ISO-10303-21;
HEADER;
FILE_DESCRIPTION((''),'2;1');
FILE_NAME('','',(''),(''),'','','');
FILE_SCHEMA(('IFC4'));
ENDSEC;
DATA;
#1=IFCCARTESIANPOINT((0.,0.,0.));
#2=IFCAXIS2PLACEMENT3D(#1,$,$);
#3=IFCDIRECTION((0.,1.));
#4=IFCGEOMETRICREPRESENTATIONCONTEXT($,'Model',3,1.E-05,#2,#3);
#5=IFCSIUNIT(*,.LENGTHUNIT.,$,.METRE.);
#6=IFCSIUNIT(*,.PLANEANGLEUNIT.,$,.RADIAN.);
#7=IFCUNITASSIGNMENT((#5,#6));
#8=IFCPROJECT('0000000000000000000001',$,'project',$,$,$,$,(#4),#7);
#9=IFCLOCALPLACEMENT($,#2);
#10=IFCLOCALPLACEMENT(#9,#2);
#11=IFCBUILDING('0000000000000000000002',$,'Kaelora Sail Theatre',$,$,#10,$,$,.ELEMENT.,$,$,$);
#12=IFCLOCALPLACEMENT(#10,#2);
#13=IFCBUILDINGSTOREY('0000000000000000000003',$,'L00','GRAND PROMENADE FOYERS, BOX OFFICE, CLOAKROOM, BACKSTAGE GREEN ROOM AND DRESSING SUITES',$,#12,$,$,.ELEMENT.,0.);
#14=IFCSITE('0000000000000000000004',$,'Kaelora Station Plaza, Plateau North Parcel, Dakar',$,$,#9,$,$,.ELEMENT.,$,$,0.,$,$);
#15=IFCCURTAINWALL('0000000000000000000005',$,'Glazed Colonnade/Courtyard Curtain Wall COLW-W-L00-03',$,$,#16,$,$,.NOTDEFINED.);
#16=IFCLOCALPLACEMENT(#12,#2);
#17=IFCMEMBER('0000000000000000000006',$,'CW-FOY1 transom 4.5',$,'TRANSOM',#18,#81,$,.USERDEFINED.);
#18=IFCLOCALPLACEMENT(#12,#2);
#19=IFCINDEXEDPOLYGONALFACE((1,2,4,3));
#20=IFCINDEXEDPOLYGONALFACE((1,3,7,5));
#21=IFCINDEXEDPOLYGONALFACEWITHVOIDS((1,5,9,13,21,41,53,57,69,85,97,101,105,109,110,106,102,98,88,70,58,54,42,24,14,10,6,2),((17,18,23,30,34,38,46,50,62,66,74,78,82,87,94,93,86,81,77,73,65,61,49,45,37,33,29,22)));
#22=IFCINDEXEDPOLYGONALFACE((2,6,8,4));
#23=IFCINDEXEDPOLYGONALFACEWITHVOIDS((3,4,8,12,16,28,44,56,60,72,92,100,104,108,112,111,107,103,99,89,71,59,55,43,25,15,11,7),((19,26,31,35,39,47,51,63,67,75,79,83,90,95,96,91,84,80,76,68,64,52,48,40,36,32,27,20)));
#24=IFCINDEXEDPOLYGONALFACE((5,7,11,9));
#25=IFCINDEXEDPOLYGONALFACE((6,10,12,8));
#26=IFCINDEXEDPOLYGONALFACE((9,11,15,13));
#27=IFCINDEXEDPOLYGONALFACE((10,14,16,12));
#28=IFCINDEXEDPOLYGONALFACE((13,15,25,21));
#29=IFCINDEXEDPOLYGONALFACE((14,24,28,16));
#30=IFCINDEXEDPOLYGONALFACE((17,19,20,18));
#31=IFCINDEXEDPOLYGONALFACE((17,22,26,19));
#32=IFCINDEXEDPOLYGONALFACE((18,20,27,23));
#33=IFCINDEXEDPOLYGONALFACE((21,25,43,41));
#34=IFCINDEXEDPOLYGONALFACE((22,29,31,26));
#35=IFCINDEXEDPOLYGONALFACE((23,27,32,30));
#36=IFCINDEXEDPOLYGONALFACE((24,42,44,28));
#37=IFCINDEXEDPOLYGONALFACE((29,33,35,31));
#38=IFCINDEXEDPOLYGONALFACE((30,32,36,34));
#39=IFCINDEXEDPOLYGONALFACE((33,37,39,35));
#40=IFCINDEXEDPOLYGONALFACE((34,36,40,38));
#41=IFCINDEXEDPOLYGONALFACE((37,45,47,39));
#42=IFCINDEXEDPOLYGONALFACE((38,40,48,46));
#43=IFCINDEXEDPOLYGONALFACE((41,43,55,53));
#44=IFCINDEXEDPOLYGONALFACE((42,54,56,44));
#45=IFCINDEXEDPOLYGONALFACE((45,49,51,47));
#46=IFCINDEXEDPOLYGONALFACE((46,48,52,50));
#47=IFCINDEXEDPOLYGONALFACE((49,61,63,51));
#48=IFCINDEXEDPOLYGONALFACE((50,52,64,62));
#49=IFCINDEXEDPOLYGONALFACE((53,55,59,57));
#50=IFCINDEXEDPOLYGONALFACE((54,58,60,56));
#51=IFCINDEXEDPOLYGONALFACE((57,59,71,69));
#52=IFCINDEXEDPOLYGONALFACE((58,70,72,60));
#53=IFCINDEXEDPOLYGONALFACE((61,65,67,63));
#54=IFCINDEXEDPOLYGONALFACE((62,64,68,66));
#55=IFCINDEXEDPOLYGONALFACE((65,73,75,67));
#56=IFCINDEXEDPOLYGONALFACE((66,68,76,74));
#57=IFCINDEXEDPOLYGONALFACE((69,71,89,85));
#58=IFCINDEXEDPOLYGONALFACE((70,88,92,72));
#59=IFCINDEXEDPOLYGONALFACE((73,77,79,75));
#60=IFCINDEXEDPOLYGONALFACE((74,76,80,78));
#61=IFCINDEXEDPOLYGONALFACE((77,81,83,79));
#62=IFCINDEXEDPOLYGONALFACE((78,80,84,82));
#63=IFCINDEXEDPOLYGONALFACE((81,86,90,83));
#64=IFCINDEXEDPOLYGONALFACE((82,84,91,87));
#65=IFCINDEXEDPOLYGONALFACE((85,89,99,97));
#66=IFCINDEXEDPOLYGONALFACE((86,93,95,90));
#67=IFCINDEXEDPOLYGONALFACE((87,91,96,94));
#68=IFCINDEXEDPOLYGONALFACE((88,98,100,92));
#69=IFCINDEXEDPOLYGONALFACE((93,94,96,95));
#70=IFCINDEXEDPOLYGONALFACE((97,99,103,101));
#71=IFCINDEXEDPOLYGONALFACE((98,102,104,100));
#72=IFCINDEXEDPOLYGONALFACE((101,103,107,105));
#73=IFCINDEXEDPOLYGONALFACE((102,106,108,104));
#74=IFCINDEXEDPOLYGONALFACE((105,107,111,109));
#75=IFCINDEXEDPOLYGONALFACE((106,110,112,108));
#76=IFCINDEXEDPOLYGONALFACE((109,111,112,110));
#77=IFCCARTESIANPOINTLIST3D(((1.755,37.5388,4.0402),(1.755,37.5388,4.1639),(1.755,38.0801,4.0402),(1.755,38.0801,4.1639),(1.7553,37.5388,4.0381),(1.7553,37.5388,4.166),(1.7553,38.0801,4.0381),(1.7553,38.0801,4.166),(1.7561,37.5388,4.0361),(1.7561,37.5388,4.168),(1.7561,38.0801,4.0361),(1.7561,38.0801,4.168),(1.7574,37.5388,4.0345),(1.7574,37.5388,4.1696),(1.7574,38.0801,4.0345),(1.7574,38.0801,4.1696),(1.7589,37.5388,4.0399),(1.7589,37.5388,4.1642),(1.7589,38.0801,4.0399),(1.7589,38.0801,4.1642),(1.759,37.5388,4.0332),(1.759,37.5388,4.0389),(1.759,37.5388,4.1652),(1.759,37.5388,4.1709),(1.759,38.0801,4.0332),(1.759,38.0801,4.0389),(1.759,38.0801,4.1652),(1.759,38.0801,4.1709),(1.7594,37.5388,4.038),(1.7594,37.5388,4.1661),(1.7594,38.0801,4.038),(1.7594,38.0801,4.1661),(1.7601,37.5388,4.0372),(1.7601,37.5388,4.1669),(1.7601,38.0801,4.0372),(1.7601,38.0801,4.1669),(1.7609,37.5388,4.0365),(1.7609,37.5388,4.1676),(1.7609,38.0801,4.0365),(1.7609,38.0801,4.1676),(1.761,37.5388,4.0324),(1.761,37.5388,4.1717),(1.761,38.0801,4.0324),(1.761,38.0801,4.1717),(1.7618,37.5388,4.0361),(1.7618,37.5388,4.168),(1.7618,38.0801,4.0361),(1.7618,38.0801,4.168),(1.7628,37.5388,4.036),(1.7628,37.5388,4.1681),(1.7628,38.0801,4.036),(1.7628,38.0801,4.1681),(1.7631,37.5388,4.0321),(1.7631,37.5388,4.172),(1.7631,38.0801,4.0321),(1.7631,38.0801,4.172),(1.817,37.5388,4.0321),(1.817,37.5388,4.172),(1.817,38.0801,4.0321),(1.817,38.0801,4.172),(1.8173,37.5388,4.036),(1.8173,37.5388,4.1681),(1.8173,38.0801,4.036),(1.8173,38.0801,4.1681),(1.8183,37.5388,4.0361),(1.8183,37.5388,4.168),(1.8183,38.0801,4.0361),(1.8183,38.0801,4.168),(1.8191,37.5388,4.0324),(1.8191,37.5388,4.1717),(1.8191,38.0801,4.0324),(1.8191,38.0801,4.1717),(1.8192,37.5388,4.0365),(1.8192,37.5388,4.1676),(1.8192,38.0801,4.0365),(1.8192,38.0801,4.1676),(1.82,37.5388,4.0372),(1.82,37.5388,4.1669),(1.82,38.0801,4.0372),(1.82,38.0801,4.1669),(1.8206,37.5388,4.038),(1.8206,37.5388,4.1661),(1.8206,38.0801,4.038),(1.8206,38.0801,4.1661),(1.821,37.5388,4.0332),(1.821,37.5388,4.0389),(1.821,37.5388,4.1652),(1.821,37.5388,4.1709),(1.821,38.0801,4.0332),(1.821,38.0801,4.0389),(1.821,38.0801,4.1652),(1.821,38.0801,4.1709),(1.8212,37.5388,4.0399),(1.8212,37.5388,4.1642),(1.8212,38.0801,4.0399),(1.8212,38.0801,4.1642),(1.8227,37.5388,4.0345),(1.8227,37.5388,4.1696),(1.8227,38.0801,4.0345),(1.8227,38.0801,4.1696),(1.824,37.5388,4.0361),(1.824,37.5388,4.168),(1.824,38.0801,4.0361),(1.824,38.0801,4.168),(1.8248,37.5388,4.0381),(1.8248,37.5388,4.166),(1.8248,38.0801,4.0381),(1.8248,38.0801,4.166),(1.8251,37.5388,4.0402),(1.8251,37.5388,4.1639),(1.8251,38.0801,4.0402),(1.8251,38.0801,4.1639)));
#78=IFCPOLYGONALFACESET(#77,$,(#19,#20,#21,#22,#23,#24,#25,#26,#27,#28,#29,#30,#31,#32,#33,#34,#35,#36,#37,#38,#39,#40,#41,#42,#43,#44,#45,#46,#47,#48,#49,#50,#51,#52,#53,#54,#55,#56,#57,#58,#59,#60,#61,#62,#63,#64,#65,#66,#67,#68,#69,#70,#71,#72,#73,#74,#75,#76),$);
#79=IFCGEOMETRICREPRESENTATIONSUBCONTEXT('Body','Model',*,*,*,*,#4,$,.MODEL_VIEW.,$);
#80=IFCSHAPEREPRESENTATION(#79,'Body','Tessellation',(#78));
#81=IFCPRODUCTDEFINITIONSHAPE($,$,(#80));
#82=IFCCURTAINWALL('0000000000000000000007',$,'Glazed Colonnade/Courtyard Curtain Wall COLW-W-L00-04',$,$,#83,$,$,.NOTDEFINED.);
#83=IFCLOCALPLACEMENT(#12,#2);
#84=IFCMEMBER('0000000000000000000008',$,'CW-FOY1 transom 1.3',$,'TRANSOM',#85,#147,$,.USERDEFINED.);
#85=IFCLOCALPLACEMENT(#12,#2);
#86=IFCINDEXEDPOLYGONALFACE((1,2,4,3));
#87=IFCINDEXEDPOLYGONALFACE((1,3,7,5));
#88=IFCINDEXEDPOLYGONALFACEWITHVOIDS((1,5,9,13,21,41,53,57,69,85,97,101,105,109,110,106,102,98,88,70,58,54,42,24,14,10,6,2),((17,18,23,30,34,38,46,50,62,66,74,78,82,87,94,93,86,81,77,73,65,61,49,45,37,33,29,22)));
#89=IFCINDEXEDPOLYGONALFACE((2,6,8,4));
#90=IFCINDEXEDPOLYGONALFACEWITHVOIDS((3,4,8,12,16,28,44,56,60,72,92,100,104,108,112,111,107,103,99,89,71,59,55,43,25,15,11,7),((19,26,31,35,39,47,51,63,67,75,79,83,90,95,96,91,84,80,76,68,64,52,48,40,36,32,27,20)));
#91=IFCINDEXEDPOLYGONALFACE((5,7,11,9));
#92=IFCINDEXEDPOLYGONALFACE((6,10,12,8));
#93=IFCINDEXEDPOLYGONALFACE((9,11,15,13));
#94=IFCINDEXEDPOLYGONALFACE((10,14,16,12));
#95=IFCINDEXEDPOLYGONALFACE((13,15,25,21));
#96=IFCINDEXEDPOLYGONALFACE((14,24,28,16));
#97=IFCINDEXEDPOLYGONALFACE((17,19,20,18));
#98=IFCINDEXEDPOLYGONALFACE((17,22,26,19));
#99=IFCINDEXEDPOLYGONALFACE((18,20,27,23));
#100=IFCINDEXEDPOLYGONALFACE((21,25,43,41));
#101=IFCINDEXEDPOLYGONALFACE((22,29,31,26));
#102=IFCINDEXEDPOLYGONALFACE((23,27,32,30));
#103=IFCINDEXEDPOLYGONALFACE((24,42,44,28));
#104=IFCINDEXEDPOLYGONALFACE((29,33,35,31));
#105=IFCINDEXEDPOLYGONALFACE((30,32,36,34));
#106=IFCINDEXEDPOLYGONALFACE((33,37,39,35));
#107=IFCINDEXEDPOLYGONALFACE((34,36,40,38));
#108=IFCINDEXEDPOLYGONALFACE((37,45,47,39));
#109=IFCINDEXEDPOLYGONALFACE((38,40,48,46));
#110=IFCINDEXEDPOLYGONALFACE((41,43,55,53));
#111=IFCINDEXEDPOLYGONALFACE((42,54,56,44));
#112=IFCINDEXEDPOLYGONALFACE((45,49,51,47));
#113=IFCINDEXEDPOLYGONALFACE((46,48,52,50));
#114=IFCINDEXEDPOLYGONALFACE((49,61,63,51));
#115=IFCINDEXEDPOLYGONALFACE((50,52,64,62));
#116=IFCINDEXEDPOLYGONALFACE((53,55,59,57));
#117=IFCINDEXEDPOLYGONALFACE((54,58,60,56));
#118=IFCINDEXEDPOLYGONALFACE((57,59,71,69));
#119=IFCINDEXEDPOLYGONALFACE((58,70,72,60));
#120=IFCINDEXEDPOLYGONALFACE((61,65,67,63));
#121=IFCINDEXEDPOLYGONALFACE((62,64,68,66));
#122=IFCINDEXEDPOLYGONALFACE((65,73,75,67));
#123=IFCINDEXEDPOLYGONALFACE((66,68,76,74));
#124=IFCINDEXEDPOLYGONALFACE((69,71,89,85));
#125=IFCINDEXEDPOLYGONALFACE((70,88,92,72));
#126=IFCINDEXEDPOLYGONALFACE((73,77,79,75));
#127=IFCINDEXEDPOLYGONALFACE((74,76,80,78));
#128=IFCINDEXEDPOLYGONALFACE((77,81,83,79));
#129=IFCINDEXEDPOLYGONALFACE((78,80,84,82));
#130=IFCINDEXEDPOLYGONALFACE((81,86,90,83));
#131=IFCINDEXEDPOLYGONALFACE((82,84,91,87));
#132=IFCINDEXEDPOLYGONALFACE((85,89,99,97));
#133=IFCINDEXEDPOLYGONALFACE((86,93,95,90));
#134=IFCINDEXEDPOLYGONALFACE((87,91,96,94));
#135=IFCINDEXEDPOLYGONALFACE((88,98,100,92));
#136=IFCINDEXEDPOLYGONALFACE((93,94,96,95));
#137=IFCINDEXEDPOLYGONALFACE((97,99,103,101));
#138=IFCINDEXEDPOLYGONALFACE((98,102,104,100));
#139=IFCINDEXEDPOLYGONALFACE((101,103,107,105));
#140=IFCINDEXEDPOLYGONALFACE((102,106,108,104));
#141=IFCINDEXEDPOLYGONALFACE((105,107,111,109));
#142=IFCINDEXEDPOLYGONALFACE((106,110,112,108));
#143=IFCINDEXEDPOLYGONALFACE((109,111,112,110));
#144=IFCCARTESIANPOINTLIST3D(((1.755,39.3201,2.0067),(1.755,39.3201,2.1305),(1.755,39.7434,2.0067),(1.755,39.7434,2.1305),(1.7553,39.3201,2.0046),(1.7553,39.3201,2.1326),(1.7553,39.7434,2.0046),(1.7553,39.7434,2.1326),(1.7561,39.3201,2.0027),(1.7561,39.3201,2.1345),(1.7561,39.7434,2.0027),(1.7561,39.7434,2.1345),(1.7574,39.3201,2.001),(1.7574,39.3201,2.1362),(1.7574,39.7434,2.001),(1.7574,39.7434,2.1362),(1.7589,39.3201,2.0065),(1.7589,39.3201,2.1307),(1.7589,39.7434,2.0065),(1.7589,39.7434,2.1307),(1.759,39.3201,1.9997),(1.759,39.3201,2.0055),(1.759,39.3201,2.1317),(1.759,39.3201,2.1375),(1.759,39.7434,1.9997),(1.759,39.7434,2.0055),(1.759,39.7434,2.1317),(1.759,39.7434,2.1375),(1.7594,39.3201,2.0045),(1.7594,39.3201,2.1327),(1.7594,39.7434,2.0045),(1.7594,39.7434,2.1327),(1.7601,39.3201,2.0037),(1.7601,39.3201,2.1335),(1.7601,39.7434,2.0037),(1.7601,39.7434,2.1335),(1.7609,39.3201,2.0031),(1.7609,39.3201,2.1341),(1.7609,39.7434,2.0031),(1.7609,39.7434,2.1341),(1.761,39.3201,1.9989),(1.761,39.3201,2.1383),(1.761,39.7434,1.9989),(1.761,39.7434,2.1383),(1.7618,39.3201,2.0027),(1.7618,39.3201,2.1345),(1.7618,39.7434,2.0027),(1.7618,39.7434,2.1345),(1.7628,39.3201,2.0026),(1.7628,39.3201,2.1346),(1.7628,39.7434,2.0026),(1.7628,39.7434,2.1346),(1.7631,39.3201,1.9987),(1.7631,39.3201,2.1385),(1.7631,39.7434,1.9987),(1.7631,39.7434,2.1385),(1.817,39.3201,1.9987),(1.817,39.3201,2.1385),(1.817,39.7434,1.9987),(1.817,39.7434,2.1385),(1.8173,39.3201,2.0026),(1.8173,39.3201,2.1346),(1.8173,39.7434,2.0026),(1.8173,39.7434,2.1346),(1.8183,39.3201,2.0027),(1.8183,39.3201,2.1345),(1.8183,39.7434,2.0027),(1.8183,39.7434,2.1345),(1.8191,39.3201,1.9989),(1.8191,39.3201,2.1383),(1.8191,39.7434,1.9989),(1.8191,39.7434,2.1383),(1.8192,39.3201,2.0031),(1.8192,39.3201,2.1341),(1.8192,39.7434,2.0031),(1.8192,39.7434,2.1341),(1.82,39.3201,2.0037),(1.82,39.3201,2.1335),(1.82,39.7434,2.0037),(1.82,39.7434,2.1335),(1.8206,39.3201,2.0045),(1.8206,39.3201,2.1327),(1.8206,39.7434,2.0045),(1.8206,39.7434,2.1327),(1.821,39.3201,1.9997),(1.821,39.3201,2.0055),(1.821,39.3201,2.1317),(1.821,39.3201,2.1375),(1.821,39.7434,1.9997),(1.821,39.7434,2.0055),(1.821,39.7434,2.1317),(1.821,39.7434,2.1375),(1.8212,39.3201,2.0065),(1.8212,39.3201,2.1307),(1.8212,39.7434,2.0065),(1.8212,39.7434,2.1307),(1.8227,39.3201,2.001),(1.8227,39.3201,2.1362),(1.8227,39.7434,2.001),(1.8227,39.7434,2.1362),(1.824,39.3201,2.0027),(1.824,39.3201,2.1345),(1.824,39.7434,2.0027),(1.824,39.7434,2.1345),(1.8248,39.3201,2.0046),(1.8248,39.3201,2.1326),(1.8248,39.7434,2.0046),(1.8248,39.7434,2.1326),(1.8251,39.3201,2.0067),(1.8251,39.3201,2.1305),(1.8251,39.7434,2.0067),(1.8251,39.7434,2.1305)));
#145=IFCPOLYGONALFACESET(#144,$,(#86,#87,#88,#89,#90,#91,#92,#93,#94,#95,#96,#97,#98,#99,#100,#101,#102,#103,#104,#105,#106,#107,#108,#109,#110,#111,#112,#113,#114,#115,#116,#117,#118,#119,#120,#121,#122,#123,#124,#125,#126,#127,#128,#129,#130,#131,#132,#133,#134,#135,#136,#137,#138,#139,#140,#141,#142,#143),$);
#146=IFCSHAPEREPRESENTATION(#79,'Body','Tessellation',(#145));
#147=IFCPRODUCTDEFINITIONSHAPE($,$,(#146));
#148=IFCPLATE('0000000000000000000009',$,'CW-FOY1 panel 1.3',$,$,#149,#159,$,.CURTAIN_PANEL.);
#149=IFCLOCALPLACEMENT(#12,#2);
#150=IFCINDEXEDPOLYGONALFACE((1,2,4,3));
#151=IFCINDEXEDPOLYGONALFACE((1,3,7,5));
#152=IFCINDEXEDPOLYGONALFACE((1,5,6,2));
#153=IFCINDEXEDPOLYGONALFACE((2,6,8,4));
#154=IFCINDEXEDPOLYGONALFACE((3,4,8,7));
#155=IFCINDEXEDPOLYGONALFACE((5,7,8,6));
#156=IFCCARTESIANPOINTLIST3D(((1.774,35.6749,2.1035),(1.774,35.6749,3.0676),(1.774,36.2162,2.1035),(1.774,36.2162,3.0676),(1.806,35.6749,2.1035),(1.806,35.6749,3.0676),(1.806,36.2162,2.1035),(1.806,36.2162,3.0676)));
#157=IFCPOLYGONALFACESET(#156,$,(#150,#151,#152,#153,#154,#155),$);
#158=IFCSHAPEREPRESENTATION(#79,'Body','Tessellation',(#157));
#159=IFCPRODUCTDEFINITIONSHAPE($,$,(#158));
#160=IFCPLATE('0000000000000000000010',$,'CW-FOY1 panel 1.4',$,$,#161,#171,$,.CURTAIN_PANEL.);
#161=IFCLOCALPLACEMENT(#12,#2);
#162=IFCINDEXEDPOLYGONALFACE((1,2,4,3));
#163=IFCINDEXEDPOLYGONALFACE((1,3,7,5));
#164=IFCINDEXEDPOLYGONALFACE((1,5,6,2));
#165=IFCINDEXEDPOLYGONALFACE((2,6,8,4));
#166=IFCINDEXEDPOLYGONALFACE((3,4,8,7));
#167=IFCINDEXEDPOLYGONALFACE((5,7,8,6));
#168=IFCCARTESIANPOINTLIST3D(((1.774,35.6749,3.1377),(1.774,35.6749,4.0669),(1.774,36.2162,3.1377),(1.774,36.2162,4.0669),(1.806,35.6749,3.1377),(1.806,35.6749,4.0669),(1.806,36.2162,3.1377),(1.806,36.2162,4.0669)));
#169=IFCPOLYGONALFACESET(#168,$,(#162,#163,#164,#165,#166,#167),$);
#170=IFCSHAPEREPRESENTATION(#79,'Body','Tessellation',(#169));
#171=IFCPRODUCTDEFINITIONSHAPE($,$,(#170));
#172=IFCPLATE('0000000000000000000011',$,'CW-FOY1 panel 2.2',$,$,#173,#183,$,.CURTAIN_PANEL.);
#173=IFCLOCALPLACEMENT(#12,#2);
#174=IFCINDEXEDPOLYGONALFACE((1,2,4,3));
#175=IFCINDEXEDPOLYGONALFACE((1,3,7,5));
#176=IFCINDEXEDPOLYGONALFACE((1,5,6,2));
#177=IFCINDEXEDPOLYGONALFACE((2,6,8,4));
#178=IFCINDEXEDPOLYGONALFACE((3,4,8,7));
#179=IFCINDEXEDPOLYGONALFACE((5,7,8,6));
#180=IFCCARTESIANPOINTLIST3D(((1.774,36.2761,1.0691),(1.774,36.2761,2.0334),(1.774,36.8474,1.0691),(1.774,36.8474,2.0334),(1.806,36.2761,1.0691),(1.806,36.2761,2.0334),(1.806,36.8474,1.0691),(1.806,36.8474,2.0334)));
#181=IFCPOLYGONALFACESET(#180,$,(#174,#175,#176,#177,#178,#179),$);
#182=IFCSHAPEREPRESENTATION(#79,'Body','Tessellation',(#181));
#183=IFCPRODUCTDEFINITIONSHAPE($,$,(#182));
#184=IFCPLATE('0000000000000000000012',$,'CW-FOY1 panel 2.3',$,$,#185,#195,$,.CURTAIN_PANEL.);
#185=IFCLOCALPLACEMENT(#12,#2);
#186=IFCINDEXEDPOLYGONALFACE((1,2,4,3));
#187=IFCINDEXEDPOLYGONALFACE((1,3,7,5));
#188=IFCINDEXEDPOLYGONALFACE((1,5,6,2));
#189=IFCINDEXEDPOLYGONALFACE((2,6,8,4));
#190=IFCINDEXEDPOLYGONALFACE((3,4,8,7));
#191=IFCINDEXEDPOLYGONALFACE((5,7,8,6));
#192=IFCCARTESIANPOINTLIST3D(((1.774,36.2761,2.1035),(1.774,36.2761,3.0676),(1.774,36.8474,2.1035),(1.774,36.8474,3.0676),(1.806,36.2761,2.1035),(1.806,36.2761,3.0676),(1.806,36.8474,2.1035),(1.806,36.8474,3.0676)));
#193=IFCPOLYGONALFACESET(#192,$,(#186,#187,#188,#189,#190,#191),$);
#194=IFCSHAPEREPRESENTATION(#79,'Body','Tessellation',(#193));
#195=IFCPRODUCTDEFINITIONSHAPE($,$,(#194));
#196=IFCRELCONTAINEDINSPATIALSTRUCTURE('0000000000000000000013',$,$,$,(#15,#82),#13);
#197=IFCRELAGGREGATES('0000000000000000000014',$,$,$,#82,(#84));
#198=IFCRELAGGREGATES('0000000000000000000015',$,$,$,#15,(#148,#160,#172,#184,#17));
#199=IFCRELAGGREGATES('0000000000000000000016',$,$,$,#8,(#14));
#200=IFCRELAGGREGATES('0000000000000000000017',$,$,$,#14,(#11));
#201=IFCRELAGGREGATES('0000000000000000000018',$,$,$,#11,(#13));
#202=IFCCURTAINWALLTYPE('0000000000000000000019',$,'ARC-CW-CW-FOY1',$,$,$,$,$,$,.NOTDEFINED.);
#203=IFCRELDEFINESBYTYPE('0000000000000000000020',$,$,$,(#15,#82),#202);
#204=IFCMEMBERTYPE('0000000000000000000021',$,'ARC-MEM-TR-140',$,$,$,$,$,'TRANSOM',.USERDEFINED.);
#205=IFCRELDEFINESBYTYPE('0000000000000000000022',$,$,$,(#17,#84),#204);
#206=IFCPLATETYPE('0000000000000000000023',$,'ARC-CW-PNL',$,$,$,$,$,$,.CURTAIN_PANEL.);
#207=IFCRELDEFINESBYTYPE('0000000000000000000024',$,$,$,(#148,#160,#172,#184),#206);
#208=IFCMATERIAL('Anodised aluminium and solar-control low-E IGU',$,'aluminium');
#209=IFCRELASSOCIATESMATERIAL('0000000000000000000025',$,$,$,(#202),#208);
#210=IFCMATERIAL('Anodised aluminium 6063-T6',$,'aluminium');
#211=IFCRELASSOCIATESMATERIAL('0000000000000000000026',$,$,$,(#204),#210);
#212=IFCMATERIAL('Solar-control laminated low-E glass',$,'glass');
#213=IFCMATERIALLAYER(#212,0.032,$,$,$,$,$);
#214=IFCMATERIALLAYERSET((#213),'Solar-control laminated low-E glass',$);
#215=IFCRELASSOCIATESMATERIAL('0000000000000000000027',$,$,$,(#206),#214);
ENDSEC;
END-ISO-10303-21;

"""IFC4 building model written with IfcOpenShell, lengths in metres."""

from ifc_helpers import new_model, si_unit, direction, frame, origin, origin_2d, place, context, subcontext, project, spatial, rectangle, hollow_rectangle, extrude, material, layer, layer_set, material_profile, profile_set, type_object, element, aggregate, save


model = new_model("IFC4")

# Units and contexts
model_context = context("Model", 3, precision=1e-05, world=origin(), true_north=direction((0.0, 1.0)))
body_context = subcontext(model_context, "Body", "Model", "MODEL_VIEW")
ifc_project = project(units=[si_unit("LENGTHUNIT", "METRE"), si_unit("PLANEANGLEUNIT", "RADIAN")], contexts=[model_context])

# Site, building, storey
site_placement = place(None, origin())
site = spatial("IfcSite", under=ifc_project, at=site_placement, Name="Kaelora Station Plaza, Plateau North Parcel, Dakar", CompositionType="ELEMENT", RefElevation=0.0)
building_placement = place(site_placement, origin())
building = spatial("IfcBuilding", under=site, at=building_placement, Name="Kaelora Sail Theatre", CompositionType="ELEMENT")
storey_placement = place(building_placement, origin())
storey = spatial("IfcBuildingStorey", under=building, at=storey_placement, Name="L00", Description="GRAND PROMENADE FOYERS, BOX OFFICE, CLOAKROOM, BACKSTAGE GREEN ROOM AND DRESSING SUITES", CompositionType="ELEMENT", Elevation=0.0)

# Curtain wall, member
ifc_material_1 = material(Name="Anodised aluminium and solar-control low-E IGU", Category="aluminium")
curtain_wall_type = type_object("IfcCurtainWallType", Name="ARC-CW-CW-FOY1", PredefinedType="NOTDEFINED", material=ifc_material_1)
curtain_wall_1_placement = place(storey_placement, origin())
curtain_wall_1 = element("IfcCurtainWall", 1, at=curtain_wall_1_placement, inside=storey, type_object=curtain_wall_type, Name="Glazed Colonnade/Courtyard Curtain Wall COLW-W-L00-03", PredefinedType="NOTDEFINED")
ifc_material_2 = material(Name="Anodised aluminium 6063-T6", Category="aluminium")
ifc_material_profile = material_profile(ifc_material_2, hollow_rectangle(XDim=0.0701, YDim=0.1399, WallThickness=0.0039, InnerFilletRadius=0.0039, OuterFilletRadius=0.0081, at=origin_2d()), Name="ALU-TRAN 70x140x4")
ifc_profile_set = profile_set([ifc_material_profile], Name="Anodised aluminium 6063-T6")
member_type = type_object("IfcMemberType", Name="ARC-MEM-TR-140", ElementType="TRANSOM", PredefinedType="USERDEFINED", material=ifc_profile_set)
member_1_placement = place(storey_placement, frame((1.79, 37.5388, 4.1021), z_axis=(0.0, 1.0, 0.0), x_axis=(-1.0, 0.0, 0.0)))
member_1 = element("IfcMember", 2, at=member_1_placement, type_object=member_type, Name="CW-FOY1 transom 4.5", ObjectType="TRANSOM", PredefinedType="USERDEFINED", context=body_context, shape_type="SweptSolid", body=[
    extrude(hollow_rectangle(XDim=0.0701, YDim=0.1399, WallThickness=0.0039, InnerFilletRadius=0.0039, OuterFilletRadius=0.0081, at=origin_2d()), origin(), (0.0, 0.0, 1.0), 0.5413),
])

# Curtain wall, member
curtain_wall_2_placement = place(storey_placement, origin())
curtain_wall_2 = element("IfcCurtainWall", 3, at=curtain_wall_2_placement, inside=storey, type_object=curtain_wall_type, Name="Glazed Colonnade/Courtyard Curtain Wall COLW-W-L00-04", PredefinedType="NOTDEFINED")
member_2_placement = place(storey_placement, frame((1.79, 39.3201, 2.0686), z_axis=(0.0, 1.0, 0.0), x_axis=(-1.0, 0.0, 0.0)))
member_2 = element("IfcMember", 4, at=member_2_placement, type_object=member_type, Name="CW-FOY1 transom 1.3", ObjectType="TRANSOM", PredefinedType="USERDEFINED", context=body_context, shape_type="SweptSolid", body=[
    extrude(hollow_rectangle(XDim=0.0701, YDim=0.1399, WallThickness=0.0039, InnerFilletRadius=0.0039, OuterFilletRadius=0.0081, at=origin_2d()), origin(), (0.0, 0.0, 1.0), 0.4233),
])
aggregate(curtain_wall_2, [member_2])

# Plates
ifc_material_3 = material(Name="Solar-control laminated low-E glass", Category="glass")
ifc_layer = layer(ifc_material_3, 0.032)
ifc_layer_set = layer_set([ifc_layer], Name="Solar-control laminated low-E glass")
plate_type = type_object("IfcPlateType", Name="ARC-CW-PNL", PredefinedType="CURTAIN_PANEL", material=ifc_layer_set)
plate_1_placement = place(storey_placement, frame((1.79, 35.9456, 2.1035), z_axis=(0.0, 0.0, 1.0), x_axis=(0.0, 1.0, 0.0)))
plate_1 = element("IfcPlate", 5, at=plate_1_placement, type_object=plate_type, Name="CW-FOY1 panel 1.3", PredefinedType="CURTAIN_PANEL", context=body_context, shape_type="SweptSolid", body=[
    extrude(rectangle(XDim=0.5413, YDim=0.032, at=origin_2d()), origin(), (0.0, 0.0, 1.0), 0.9641),
])
plate_2_placement = place(storey_placement, frame((1.79, 35.9456, 3.1377), z_axis=(0.0, 0.0, 1.0), x_axis=(0.0, 1.0, 0.0)))
plate_2 = element("IfcPlate", 6, at=plate_2_placement, type_object=plate_type, Name="CW-FOY1 panel 1.4", PredefinedType="CURTAIN_PANEL", context=body_context, shape_type="SweptSolid", body=[
    extrude(rectangle(XDim=0.5413, YDim=0.032, at=origin_2d()), origin(), (0.0, 0.0, 1.0), 0.9292),
])
plate_3_placement = place(storey_placement, frame((1.79, 36.5618, 1.0691), z_axis=(0.0, 0.0, 1.0), x_axis=(0.0, 1.0, 0.0)))
plate_3 = element("IfcPlate", 7, at=plate_3_placement, type_object=plate_type, Name="CW-FOY1 panel 2.2", PredefinedType="CURTAIN_PANEL", context=body_context, shape_type="SweptSolid", body=[
    extrude(rectangle(XDim=0.5713, YDim=0.032, at=origin_2d()), origin(), (0.0, 0.0, 1.0), 0.9644),
])
plate_4_placement = place(storey_placement, frame((1.79, 36.5618, 2.1035), z_axis=(0.0, 0.0, 1.0), x_axis=(0.0, 1.0, 0.0)))
plate_4 = element("IfcPlate", 8, at=plate_4_placement, type_object=plate_type, Name="CW-FOY1 panel 2.3", PredefinedType="CURTAIN_PANEL", context=body_context, shape_type="SweptSolid", body=[
    extrude(rectangle(XDim=0.5713, YDim=0.032, at=origin_2d()), origin(), (0.0, 0.0, 1.0), 0.9641),
])
aggregate(curtain_wall_1, [plate_1, plate_2, plate_3, plate_4, member_1])

save(model, "model.ifc")
